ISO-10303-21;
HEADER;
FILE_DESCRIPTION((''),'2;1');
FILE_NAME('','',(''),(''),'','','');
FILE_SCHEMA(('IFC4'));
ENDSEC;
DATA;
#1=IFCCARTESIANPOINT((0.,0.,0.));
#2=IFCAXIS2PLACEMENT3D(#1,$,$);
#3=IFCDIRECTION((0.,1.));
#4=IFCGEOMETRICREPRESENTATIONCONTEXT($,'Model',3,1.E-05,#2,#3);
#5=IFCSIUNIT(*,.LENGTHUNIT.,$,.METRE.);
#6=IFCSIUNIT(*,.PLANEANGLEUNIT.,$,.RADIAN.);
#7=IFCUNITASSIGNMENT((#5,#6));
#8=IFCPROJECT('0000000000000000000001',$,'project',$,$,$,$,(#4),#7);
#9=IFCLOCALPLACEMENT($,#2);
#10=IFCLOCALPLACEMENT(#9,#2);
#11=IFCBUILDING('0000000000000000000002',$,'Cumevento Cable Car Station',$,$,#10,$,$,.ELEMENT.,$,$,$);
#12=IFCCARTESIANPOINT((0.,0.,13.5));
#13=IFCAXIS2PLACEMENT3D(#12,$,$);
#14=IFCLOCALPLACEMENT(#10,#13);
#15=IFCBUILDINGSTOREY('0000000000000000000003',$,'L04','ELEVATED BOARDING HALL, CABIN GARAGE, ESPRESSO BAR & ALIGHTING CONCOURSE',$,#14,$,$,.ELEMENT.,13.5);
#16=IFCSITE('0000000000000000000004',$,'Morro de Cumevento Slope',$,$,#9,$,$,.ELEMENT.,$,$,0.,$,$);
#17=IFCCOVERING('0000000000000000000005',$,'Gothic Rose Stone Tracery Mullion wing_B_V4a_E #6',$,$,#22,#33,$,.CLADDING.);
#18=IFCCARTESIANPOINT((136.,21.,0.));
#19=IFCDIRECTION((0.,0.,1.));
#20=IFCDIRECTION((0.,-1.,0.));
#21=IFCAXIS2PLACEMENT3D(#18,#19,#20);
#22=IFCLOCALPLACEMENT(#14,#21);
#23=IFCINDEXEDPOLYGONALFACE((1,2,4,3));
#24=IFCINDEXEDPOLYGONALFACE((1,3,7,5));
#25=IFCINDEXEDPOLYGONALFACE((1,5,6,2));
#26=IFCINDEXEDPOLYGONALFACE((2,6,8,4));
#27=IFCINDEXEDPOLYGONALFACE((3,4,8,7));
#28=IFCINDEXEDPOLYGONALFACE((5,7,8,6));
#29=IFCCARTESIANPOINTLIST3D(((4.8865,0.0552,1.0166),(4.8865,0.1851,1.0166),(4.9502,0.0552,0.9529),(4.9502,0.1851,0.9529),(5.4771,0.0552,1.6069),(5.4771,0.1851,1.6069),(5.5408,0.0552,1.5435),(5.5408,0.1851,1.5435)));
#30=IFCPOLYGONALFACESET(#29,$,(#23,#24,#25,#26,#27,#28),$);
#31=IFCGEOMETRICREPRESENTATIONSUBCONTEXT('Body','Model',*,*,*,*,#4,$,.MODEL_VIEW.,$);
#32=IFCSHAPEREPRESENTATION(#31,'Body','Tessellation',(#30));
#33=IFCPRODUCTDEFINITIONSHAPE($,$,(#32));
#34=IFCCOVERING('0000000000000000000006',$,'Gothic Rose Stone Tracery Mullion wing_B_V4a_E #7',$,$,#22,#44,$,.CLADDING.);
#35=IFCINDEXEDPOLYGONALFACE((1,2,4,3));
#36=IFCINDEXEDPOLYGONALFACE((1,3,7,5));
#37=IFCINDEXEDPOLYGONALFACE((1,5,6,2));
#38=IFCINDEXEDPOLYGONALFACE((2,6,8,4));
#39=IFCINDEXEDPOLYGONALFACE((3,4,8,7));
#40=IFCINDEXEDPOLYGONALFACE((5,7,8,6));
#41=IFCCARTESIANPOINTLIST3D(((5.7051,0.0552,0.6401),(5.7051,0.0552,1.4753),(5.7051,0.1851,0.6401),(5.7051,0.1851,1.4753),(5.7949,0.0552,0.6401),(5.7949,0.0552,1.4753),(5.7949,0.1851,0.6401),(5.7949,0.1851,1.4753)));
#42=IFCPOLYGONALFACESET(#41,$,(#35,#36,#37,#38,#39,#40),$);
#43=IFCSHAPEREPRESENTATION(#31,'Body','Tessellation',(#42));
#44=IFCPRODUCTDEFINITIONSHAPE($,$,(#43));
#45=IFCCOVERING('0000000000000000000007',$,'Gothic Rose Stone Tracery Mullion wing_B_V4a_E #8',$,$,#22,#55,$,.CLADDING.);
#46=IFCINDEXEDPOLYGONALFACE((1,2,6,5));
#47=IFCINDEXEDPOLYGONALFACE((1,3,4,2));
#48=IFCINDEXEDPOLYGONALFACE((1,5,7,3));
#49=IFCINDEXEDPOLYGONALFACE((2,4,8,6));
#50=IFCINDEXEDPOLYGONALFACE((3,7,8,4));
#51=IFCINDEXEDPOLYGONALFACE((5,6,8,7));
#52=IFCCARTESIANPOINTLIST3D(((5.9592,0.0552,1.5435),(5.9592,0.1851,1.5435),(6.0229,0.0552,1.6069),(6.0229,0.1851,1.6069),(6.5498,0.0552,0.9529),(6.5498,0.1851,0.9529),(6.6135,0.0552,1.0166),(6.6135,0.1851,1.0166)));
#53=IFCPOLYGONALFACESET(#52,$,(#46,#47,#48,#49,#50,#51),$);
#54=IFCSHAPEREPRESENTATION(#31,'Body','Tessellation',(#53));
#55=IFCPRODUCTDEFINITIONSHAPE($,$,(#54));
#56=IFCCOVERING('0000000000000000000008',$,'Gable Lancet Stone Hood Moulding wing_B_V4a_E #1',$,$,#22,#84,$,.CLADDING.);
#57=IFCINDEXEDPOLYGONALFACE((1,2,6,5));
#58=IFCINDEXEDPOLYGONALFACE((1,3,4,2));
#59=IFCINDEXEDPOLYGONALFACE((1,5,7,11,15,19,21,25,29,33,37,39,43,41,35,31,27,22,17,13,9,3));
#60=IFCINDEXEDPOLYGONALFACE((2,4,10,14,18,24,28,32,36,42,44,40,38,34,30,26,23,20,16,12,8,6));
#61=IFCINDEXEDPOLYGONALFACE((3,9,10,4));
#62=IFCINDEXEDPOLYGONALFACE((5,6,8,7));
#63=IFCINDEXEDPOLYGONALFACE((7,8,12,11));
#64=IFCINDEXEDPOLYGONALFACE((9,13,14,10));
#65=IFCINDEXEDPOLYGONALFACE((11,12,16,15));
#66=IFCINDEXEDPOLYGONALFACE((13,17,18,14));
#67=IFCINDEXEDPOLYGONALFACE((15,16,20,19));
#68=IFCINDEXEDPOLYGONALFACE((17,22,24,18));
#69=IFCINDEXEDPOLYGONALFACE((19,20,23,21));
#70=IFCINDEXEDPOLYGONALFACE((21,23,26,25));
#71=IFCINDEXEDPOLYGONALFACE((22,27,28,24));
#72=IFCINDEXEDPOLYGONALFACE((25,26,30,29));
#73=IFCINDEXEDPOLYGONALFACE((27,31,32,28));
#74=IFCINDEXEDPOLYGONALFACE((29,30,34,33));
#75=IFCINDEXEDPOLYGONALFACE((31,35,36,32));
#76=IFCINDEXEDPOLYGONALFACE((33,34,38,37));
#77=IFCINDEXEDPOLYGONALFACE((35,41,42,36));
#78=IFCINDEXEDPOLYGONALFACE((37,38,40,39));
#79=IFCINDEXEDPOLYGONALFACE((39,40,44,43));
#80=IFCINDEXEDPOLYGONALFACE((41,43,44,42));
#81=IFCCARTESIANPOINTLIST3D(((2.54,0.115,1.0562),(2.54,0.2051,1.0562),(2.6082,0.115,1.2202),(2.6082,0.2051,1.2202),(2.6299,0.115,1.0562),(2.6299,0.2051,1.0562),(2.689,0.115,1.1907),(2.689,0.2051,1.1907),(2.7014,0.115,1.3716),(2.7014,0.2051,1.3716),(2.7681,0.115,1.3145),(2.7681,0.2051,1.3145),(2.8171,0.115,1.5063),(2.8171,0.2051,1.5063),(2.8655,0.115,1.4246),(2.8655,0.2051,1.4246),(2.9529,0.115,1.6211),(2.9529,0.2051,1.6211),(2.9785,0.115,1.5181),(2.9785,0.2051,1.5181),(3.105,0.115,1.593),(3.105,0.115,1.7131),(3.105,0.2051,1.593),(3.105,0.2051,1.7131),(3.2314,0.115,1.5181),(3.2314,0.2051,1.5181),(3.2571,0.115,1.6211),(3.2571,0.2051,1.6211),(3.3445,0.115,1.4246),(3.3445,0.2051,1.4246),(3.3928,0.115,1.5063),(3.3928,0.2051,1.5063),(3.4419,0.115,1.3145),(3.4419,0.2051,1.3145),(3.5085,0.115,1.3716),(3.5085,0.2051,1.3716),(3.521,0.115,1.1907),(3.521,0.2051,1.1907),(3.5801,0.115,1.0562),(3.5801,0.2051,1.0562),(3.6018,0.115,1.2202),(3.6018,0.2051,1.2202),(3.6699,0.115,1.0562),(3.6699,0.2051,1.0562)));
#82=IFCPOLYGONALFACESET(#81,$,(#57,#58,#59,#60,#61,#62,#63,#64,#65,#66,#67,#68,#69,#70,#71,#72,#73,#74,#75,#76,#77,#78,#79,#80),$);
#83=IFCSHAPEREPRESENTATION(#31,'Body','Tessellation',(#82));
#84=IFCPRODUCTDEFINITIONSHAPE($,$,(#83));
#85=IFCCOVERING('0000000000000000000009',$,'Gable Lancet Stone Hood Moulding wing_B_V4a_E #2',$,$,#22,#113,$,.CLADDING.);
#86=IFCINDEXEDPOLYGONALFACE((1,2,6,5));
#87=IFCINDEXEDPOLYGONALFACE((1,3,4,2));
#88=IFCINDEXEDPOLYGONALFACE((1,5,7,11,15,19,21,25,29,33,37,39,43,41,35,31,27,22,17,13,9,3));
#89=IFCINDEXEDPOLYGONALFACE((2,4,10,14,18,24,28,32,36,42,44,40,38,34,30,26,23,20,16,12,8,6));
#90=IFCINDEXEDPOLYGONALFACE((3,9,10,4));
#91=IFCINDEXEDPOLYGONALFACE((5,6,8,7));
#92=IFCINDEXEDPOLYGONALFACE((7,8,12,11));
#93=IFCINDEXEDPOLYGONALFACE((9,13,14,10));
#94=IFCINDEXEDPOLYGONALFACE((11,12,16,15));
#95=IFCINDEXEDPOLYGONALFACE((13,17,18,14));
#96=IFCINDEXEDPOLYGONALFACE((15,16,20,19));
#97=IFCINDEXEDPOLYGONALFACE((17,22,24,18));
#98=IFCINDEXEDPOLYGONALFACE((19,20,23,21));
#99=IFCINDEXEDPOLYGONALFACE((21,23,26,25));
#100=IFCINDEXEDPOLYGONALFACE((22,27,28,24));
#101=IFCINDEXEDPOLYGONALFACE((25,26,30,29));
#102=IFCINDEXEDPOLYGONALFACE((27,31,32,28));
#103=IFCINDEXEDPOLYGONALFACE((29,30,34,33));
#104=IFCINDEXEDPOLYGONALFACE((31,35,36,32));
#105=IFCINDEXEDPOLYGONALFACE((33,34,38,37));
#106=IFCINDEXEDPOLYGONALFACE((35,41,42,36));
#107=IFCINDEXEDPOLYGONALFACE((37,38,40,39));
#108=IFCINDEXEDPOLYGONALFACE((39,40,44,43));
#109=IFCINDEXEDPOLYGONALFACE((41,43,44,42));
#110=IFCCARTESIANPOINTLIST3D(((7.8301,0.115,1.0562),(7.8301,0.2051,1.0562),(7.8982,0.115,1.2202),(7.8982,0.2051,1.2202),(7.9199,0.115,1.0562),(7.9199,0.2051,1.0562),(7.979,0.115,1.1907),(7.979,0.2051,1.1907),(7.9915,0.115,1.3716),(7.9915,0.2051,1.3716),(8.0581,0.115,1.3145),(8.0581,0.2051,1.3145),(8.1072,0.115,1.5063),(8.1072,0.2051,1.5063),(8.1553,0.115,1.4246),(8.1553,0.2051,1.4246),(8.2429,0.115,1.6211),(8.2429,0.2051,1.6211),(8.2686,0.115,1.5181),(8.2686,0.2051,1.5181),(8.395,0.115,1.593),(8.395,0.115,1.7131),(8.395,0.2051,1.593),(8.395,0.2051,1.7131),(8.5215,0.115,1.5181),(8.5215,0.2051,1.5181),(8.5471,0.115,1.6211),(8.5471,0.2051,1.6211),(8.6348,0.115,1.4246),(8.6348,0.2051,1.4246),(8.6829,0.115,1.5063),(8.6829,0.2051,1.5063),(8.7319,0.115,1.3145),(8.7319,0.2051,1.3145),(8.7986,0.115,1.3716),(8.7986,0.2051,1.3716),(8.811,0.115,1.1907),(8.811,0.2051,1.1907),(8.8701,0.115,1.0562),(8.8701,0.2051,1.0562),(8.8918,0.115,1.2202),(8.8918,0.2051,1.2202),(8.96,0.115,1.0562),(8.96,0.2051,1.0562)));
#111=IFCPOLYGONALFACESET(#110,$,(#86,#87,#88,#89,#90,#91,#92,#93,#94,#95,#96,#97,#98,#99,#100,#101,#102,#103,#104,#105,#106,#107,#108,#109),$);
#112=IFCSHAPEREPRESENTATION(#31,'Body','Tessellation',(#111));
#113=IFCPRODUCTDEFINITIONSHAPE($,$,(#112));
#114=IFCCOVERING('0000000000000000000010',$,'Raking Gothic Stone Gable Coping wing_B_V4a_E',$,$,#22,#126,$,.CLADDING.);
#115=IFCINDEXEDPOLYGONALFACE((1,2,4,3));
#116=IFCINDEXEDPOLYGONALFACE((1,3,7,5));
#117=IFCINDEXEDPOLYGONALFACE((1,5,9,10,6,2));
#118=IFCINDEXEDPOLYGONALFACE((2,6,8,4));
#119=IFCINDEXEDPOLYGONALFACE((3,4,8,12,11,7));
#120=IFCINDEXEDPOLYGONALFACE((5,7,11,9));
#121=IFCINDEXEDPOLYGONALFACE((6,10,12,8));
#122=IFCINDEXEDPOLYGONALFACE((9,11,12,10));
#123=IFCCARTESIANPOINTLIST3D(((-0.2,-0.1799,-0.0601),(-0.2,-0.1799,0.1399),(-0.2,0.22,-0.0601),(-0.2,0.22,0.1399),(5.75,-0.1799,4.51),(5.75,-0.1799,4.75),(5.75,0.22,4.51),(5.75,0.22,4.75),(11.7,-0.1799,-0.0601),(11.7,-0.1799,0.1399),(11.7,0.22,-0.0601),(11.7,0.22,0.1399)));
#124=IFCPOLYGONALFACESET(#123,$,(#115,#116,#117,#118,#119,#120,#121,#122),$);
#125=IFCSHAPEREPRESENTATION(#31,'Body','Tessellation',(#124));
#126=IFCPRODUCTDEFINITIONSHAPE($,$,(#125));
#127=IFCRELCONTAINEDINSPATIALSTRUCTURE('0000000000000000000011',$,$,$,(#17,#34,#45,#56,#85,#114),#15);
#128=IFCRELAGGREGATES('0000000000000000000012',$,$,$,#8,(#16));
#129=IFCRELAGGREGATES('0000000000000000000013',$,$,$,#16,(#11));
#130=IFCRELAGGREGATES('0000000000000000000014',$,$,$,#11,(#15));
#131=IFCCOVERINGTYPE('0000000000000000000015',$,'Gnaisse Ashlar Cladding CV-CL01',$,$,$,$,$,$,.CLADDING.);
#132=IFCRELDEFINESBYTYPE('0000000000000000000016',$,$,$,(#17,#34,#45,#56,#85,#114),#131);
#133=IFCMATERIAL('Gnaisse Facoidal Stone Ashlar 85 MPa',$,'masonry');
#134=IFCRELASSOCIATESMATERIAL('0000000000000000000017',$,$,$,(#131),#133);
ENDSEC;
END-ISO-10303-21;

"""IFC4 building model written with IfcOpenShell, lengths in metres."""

from ifc_helpers import new_model, si_unit, direction, frame, origin, place, context, subcontext, project, spatial, polyline, outline, extrude, material, type_object, element, save


model = new_model("IFC4")

# Units and contexts
model_context = context("Model", 3, precision=1e-05, world=origin(), true_north=direction((0.0, 1.0)))
body_context = subcontext(model_context, "Body", "Model", "MODEL_VIEW")
ifc_project = project(units=[si_unit("LENGTHUNIT", "METRE"), si_unit("PLANEANGLEUNIT", "RADIAN")], contexts=[model_context])

# Site, building, storey
site_placement = place(None, origin())
site = spatial("IfcSite", under=ifc_project, at=site_placement, Name="Morro de Cumevento Slope", CompositionType="ELEMENT", RefElevation=0.0)
building_placement = place(site_placement, origin())
building = spatial("IfcBuilding", under=site, at=building_placement, Name="Cumevento Cable Car Station", CompositionType="ELEMENT")
storey_placement = place(building_placement, frame((0.0, 0.0, 13.5)))
storey = spatial("IfcBuildingStorey", under=building, at=storey_placement, Name="L04", Description="ELEVATED BOARDING HALL, CABIN GARAGE, ESPRESSO BAR & ALIGHTING CONCOURSE", CompositionType="ELEMENT", Elevation=13.5)

# Coverings
ifc_material_1 = material(Name="Gnaisse Facoidal Stone Ashlar 85 MPa", Category="masonry")
covering_type = type_object("IfcCoveringType", Name="Gnaisse Ashlar Cladding CV-CL01", PredefinedType="CLADDING", material=ifc_material_1)
placement = place(storey_placement, frame((136.0, 21.0, 0.0), z_axis=(0.0, 0.0, 1.0), x_axis=(0.0, -1.0, 0.0)))
element("IfcCovering", 1, at=placement, inside=storey, type_object=covering_type, Name="Gothic Rose Stone Tracery Mullion wing_B_V4a_E #6", PredefinedType="CLADDING", context=body_context, shape_type="SweptSolid", body=[
    extrude(outline(polyline([(5.5408, 1.5435), (4.9502, 0.9529), (4.8865, 1.0166), (5.4771, 1.6069), (5.5408, 1.5435)])), frame((0.0, 0.1851, 0.0), z_axis=(0.0, -1.0, 0.0), x_axis=(1.0, 0.0, 0.0)), (0.0, 0.0, 1.0), 0.1299),
])
element("IfcCovering", 2, at=placement, inside=storey, type_object=covering_type, Name="Gothic Rose Stone Tracery Mullion wing_B_V4a_E #7", PredefinedType="CLADDING", context=body_context, shape_type="SweptSolid", body=[
    extrude(outline(polyline([(5.7949, 1.4753), (5.7949, 0.6401), (5.7051, 0.6401), (5.7051, 1.4753), (5.7949, 1.4753)])), frame((0.0, 0.1851, 0.0), z_axis=(0.0, -1.0, 0.0), x_axis=(1.0, 0.0, 0.0)), (0.0, 0.0, 1.0), 0.1299),
])
element("IfcCovering", 3, at=placement, inside=storey, type_object=covering_type, Name="Gothic Rose Stone Tracery Mullion wing_B_V4a_E #8", PredefinedType="CLADDING", context=body_context, shape_type="SweptSolid", body=[
    extrude(outline(polyline([(6.0229, 1.6069), (6.6135, 1.0166), (6.5498, 0.9529), (5.9592, 1.5435), (6.0229, 1.6069)])), frame((0.0, 0.1851, 0.0), z_axis=(0.0, -1.0, 0.0), x_axis=(1.0, 0.0, 0.0)), (0.0, 0.0, 1.0), 0.1299),
])
element("IfcCovering", 4, at=placement, inside=storey, type_object=covering_type, Name="Gable Lancet Stone Hood Moulding wing_B_V4a_E #1", PredefinedType="CLADDING", context=body_context, shape_type="SweptSolid", body=[
    extrude(outline(polyline([(2.6299, 1.0562), (2.689, 1.1907), (2.7681, 1.3145), (2.8655, 1.4246), (2.9785, 1.5181), (3.105, 1.593), (3.2314, 1.5181), (3.3445, 1.4246), (3.4419, 1.3145), (3.521, 1.1907), (3.5801, 1.0562), (3.6699, 1.0562), (3.6018, 1.2202), (3.5085, 1.3716), (3.3928, 1.5063), (3.2571, 1.6211), (3.105, 1.7131), (2.9529, 1.6211), (2.8171, 1.5063), (2.7014, 1.3716), (2.6082, 1.2202), (2.54, 1.0562), (2.6299, 1.0562)])), frame((0.0, 0.2051, 0.0), z_axis=(0.0, -1.0, 0.0), x_axis=(1.0, 0.0, 0.0)), (0.0, 0.0, 1.0), 0.0901),
])
element("IfcCovering", 5, at=placement, inside=storey, type_object=covering_type, Name="Gable Lancet Stone Hood Moulding wing_B_V4a_E #2", PredefinedType="CLADDING", context=body_context, shape_type="SweptSolid", body=[
    extrude(outline(polyline([(7.9199, 1.0562), (7.979, 1.1907), (8.0581, 1.3145), (8.1553, 1.4246), (8.2686, 1.5181), (8.395, 1.593), (8.5215, 1.5181), (8.6348, 1.4246), (8.7319, 1.3145), (8.811, 1.1907), (8.8701, 1.0562), (8.96, 1.0562), (8.8918, 1.2202), (8.7986, 1.3716), (8.6829, 1.5063), (8.5471, 1.6211), (8.395, 1.7131), (8.2429, 1.6211), (8.1072, 1.5063), (7.9915, 1.3716), (7.8982, 1.2202), (7.8301, 1.0562), (7.9199, 1.0562)])), frame((0.0, 0.2051, 0.0), z_axis=(0.0, -1.0, 0.0), x_axis=(1.0, 0.0, 0.0)), (0.0, 0.0, 1.0), 0.0901),
])
element("IfcCovering", 6, at=placement, inside=storey, type_object=covering_type, Name="Raking Gothic Stone Gable Coping wing_B_V4a_E", PredefinedType="CLADDING", context=body_context, shape_type="SweptSolid", body=[
    extrude(outline(polyline([(-0.2, -0.0601), (5.75, 4.51), (11.7, -0.0601), (11.7, 0.1399), (5.75, 4.75), (-0.2, 0.1399), (-0.2, -0.0601)])), frame((0.0, 0.22, 0.0), z_axis=(0.0, -1.0, 0.0), x_axis=(1.0, 0.0, 0.0)), (0.0, 0.0, 1.0), 0.3999),
])

save(model, "model.ifc")
